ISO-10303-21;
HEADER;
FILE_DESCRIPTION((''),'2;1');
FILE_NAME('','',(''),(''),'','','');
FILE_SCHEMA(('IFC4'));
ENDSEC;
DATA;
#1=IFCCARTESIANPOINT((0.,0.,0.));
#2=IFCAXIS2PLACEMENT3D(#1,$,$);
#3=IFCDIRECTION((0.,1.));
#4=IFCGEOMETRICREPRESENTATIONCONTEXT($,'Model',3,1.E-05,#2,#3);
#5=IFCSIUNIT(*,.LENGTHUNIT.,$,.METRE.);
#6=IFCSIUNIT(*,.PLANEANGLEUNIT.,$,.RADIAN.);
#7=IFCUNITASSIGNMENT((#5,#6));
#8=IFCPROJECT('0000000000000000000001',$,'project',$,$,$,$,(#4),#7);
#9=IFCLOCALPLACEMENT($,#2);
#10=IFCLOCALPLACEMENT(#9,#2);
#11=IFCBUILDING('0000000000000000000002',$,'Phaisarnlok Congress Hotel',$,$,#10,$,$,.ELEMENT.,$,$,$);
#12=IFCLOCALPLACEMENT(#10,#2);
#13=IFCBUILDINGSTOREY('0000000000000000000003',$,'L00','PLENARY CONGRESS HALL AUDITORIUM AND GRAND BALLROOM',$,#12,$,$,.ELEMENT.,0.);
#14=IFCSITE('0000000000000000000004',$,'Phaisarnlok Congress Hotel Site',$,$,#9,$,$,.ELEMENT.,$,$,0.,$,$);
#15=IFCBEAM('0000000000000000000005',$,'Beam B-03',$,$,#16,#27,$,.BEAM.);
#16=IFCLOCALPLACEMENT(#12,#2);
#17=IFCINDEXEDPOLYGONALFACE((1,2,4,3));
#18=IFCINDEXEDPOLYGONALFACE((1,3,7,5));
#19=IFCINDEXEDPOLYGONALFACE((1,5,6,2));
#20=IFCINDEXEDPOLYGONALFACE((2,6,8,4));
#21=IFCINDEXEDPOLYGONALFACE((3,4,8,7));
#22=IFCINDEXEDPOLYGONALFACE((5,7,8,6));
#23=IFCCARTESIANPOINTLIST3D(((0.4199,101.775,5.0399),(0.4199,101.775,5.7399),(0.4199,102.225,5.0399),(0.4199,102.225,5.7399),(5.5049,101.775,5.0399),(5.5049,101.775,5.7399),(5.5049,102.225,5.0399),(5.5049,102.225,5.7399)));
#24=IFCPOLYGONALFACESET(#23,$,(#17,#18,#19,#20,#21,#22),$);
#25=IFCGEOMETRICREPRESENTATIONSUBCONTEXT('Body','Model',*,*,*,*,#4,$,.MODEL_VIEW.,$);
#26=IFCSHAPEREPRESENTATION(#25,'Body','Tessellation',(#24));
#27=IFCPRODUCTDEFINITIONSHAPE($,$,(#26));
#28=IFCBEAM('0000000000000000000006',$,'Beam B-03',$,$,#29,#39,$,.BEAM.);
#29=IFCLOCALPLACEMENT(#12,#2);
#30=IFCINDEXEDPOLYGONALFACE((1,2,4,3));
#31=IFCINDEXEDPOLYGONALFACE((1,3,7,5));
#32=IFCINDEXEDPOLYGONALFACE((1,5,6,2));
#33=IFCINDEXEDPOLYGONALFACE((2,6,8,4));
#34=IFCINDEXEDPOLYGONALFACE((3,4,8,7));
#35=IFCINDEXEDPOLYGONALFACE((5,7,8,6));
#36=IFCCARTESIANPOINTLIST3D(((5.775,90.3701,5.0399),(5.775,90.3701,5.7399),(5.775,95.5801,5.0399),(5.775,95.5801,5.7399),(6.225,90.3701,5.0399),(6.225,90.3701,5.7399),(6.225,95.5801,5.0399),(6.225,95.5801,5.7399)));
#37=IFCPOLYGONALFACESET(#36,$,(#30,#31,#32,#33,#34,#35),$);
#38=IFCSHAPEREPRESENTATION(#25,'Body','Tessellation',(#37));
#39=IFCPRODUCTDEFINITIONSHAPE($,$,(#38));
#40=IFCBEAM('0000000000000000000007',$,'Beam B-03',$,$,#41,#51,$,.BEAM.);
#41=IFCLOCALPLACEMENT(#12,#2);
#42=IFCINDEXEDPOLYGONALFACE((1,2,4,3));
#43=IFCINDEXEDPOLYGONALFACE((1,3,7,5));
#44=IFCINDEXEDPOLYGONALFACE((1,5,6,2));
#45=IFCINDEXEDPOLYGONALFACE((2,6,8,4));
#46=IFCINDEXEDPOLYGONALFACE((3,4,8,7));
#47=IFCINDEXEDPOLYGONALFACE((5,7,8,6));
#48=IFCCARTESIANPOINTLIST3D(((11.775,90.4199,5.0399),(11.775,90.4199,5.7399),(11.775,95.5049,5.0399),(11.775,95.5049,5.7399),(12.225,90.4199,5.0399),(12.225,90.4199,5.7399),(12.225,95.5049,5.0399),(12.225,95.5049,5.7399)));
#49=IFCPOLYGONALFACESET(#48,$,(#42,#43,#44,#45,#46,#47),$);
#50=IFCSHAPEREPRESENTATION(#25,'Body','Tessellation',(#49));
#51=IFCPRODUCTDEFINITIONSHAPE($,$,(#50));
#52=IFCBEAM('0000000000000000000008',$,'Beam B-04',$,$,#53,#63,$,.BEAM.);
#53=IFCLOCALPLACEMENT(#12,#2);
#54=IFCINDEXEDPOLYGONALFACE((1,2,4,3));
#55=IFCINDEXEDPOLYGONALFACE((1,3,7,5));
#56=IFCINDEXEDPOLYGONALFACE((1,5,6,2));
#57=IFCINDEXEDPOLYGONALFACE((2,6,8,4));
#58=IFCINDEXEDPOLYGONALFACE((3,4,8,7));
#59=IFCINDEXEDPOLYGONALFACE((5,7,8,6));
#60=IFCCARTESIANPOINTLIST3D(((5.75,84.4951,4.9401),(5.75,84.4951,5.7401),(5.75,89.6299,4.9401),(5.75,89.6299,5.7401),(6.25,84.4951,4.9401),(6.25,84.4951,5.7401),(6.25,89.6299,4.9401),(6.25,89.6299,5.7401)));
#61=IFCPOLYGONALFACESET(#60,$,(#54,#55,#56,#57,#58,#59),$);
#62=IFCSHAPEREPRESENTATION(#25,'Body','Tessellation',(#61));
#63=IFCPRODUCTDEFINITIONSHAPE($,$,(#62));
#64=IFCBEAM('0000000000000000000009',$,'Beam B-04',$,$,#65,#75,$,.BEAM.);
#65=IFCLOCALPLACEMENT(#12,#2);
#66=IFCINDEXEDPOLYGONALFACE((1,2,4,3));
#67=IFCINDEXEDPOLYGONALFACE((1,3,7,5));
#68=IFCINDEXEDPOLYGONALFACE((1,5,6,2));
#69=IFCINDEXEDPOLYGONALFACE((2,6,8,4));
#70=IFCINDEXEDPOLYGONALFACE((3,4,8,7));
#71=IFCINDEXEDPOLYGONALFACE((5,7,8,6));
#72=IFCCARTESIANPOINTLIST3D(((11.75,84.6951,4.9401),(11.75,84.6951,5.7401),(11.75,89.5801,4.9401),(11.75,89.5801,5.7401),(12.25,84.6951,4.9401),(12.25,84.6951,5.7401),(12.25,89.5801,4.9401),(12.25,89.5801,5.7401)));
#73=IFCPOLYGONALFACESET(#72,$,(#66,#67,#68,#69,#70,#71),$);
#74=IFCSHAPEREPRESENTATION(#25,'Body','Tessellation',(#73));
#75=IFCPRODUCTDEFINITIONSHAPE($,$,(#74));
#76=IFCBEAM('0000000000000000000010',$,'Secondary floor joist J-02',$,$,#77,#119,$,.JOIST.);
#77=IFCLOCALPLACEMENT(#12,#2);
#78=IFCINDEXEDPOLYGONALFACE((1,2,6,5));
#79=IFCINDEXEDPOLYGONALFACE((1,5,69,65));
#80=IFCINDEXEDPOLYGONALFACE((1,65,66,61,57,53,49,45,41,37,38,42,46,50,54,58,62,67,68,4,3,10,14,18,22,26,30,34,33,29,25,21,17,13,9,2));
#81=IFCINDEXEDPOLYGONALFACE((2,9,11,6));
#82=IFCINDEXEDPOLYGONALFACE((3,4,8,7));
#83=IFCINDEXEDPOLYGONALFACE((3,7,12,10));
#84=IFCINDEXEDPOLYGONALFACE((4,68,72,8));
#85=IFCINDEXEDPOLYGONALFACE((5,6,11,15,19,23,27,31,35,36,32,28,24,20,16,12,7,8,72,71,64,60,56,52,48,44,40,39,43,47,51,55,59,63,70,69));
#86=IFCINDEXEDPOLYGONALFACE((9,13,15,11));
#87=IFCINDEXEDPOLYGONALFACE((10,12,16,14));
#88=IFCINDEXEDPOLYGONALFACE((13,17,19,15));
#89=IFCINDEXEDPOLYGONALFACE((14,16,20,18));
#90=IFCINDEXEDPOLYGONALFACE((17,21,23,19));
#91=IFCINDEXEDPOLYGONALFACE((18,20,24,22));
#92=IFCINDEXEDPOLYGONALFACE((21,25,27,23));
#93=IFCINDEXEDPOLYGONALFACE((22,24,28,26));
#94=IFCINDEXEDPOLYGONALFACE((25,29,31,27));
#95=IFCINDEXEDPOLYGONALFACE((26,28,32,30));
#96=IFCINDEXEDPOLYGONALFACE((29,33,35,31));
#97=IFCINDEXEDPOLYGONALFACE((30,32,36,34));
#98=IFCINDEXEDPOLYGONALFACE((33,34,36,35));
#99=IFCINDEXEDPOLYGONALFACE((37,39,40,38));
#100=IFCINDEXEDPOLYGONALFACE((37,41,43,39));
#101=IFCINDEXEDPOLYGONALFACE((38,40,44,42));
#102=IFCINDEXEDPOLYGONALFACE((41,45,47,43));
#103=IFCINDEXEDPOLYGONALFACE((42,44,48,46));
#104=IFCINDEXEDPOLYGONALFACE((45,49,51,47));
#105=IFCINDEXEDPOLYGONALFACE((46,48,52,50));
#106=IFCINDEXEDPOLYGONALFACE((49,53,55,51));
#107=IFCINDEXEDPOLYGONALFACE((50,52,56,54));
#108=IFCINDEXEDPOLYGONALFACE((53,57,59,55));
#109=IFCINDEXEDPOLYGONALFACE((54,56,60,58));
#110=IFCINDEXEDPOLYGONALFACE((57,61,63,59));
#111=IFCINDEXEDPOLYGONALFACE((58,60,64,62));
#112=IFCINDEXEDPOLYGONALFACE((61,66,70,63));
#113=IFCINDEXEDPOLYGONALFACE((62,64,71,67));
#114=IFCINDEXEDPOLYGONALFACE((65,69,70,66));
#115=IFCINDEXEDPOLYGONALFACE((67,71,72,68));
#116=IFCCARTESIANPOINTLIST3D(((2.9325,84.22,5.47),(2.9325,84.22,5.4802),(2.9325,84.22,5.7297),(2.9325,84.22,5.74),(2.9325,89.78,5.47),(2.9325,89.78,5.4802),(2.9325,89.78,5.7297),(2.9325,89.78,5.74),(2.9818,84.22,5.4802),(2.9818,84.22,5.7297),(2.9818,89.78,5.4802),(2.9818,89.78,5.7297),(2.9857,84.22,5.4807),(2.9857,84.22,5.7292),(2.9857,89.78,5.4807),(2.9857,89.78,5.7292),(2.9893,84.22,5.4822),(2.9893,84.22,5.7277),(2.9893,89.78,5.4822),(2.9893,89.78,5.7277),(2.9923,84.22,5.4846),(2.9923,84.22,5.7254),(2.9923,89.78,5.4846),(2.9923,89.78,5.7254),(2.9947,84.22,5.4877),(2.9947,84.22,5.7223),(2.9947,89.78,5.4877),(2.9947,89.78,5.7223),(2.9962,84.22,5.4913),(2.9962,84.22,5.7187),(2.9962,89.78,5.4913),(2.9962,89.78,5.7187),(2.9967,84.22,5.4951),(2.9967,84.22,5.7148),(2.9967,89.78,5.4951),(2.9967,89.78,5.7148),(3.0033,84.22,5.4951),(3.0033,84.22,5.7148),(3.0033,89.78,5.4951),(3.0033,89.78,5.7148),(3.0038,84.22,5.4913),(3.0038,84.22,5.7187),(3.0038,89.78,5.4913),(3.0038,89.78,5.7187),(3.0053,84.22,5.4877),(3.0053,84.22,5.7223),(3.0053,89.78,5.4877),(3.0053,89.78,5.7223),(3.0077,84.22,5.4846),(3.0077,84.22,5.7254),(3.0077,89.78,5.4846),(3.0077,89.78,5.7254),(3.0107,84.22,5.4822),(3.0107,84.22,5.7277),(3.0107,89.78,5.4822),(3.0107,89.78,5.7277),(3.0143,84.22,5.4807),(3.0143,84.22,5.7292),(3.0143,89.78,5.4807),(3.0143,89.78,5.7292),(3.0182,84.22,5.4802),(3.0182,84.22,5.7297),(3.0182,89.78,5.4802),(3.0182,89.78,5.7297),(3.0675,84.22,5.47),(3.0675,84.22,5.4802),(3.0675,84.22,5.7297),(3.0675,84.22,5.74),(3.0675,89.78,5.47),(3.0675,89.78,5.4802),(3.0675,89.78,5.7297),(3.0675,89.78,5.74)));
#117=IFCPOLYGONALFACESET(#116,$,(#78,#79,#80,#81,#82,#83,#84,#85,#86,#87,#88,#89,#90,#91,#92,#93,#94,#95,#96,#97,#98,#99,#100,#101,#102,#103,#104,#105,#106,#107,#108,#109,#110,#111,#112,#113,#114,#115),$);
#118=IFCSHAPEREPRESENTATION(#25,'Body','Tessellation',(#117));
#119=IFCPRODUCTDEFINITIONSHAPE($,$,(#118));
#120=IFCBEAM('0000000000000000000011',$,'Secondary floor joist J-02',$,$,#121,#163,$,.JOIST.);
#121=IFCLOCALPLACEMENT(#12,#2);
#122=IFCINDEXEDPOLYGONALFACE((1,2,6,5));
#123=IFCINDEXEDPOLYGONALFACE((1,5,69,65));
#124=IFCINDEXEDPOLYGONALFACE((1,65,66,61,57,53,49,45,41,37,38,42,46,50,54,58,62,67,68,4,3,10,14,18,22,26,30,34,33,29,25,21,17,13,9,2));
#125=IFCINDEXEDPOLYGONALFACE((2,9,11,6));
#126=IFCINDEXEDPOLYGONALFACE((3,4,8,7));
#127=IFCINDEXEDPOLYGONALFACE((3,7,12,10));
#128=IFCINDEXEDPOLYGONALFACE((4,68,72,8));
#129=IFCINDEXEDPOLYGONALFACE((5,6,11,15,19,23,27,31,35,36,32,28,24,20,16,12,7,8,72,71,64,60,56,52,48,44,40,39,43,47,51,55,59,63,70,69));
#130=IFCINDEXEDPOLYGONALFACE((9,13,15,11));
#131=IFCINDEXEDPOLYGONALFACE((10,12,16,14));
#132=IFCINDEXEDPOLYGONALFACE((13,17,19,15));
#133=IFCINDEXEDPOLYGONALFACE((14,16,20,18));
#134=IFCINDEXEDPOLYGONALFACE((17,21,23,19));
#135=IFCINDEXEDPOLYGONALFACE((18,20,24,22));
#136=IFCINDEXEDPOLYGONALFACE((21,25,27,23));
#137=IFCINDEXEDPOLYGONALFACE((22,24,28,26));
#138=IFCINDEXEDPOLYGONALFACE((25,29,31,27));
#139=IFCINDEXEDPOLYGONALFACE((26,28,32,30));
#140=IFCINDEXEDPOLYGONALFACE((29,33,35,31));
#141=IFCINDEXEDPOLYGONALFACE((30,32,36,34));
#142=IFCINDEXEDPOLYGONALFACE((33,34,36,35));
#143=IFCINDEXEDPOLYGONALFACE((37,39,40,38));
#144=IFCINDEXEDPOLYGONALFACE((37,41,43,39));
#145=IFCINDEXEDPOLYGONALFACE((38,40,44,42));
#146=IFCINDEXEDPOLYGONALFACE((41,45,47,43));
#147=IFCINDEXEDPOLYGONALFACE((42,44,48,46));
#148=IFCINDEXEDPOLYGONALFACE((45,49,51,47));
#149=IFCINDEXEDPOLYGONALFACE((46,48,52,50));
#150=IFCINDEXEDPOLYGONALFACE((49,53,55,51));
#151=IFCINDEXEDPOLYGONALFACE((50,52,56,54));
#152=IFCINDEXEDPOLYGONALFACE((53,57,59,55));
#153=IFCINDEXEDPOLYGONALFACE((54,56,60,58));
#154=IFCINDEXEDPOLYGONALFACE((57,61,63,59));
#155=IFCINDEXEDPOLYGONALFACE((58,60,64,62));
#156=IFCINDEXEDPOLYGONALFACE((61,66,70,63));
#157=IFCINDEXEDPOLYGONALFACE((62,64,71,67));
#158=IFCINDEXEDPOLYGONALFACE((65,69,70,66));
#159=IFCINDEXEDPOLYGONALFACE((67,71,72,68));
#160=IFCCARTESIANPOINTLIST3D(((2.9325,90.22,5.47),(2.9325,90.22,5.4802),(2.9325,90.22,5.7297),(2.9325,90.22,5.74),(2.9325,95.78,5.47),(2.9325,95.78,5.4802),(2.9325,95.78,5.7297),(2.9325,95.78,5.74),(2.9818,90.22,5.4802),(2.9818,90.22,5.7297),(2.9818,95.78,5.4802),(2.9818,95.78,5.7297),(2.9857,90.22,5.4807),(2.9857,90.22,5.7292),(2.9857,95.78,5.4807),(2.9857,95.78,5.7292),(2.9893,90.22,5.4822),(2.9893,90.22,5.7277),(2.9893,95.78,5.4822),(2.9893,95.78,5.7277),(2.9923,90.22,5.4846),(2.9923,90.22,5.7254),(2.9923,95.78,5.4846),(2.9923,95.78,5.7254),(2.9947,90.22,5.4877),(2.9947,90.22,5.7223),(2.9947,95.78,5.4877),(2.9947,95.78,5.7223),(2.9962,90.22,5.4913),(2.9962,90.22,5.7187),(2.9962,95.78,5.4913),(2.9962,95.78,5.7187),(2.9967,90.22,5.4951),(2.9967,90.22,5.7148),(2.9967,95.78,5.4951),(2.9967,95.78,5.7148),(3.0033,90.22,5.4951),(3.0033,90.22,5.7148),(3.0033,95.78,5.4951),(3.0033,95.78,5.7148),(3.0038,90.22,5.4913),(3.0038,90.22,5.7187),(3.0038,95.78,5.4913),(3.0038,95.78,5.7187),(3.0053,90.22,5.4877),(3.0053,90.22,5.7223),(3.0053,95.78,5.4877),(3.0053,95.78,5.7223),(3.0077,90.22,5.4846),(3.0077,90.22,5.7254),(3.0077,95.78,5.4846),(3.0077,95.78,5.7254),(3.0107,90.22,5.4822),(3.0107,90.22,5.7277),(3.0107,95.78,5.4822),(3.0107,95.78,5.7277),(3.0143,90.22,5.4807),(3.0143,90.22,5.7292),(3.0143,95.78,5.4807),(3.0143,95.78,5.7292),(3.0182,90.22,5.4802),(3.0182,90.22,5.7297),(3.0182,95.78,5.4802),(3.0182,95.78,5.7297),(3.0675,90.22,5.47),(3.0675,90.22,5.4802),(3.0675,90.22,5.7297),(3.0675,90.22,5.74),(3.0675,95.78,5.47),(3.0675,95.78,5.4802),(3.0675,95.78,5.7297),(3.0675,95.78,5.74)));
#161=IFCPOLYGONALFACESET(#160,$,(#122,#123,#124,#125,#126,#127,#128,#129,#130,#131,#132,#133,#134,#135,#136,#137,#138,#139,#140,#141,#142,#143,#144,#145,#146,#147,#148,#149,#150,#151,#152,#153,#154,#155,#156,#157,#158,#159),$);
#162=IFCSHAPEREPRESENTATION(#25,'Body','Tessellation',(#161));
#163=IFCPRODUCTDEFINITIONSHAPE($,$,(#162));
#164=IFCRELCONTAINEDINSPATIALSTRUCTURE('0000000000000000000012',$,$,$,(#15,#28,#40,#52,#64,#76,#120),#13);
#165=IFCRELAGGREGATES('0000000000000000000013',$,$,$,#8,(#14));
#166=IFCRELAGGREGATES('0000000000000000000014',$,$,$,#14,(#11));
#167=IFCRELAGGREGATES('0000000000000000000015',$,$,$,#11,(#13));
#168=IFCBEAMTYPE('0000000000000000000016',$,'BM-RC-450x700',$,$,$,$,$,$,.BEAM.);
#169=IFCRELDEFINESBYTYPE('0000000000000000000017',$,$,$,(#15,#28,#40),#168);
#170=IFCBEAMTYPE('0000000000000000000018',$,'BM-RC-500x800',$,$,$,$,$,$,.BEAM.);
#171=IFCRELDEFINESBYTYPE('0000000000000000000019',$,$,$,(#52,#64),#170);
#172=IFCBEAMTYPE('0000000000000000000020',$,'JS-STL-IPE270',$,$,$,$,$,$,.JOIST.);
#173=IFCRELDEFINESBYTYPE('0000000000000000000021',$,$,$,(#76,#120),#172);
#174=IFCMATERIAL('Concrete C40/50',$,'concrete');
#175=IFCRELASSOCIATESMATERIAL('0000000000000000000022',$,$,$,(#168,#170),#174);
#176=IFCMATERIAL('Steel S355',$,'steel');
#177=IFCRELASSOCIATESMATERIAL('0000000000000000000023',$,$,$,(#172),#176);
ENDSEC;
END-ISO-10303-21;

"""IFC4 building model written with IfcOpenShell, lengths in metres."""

from ifc_helpers import new_model, si_unit, direction, frame, origin, origin_2d, place, context, subcontext, project, spatial, rectangle, i_section, extrude, material, material_profile, profile_set, type_object, element, save


model = new_model("IFC4")

# Units and contexts
model_context = context("Model", 3, precision=1e-05, world=origin(), true_north=direction((0.0, 1.0)))
body_context = subcontext(model_context, "Body", "Model", "MODEL_VIEW")
ifc_project = project(units=[si_unit("LENGTHUNIT", "METRE"), si_unit("PLANEANGLEUNIT", "RADIAN")], contexts=[model_context])

# Site, building, storey
site_placement = place(None, origin())
site = spatial("IfcSite", under=ifc_project, at=site_placement, Name="Phaisarnlok Congress Hotel Site", CompositionType="ELEMENT", RefElevation=0.0)
building_placement = place(site_placement, origin())
building = spatial("IfcBuilding", under=site, at=building_placement, Name="Phaisarnlok Congress Hotel", CompositionType="ELEMENT")
storey_placement = place(building_placement, origin())
storey = spatial("IfcBuildingStorey", under=building, at=storey_placement, Name="L00", Description="PLENARY CONGRESS HALL AUDITORIUM AND GRAND BALLROOM", CompositionType="ELEMENT", Elevation=0.0)

# Beams
ifc_material_1 = material(Name="Concrete C40/50", Category="concrete")
ifc_material_profile_1 = material_profile(ifc_material_1, rectangle(XDim=0.45, YDim=0.7, at=origin_2d()), Name="RC 450x700")
ifc_profile_set_1 = profile_set([ifc_material_profile_1], Name="Concrete C40/50")
beam_type_1 = type_object("IfcBeamType", Name="BM-RC-450x700", PredefinedType="BEAM", material=ifc_profile_set_1)
beam_1_placement = place(storey_placement, frame((0.4199, 102.0, 5.3899), z_axis=(1.0, 0.0, 0.0), x_axis=(0.0, 1.0, 0.0)))
element("IfcBeam", 1, at=beam_1_placement, inside=storey, type_object=beam_type_1, Name="Beam B-03", PredefinedType="BEAM", context=body_context, shape_type="SweptSolid", body=[
    extrude(rectangle(XDim=0.45, YDim=0.7, at=origin_2d()), origin(), (0.0, 0.0, 1.0), 5.085),
])
beam_2_placement = place(storey_placement, frame((6.0, 90.3701, 5.3899), z_axis=(0.0, 1.0, 0.0), x_axis=(-1.0, 0.0, 0.0)))
element("IfcBeam", 2, at=beam_2_placement, inside=storey, type_object=beam_type_1, Name="Beam B-03", PredefinedType="BEAM", context=body_context, shape_type="SweptSolid", body=[
    extrude(rectangle(XDim=0.45, YDim=0.7, at=origin_2d()), origin(), (0.0, 0.0, 1.0), 5.21),
])
beam_3_placement = place(storey_placement, frame((12.0, 90.4199, 5.3899), z_axis=(0.0, 1.0, 0.0), x_axis=(-1.0, 0.0, 0.0)))
element("IfcBeam", 3, at=beam_3_placement, inside=storey, type_object=beam_type_1, Name="Beam B-03", PredefinedType="BEAM", context=body_context, shape_type="SweptSolid", body=[
    extrude(rectangle(XDim=0.45, YDim=0.7, at=origin_2d()), origin(), (0.0, 0.0, 1.0), 5.085),
])
ifc_material_profile_2 = material_profile(ifc_material_1, rectangle(XDim=0.5, YDim=0.8, at=origin_2d()), Name="RC 500x800")
ifc_profile_set_2 = profile_set([ifc_material_profile_2], Name="Concrete C40/50")
beam_type_2 = type_object("IfcBeamType", Name="BM-RC-500x800", PredefinedType="BEAM", material=ifc_profile_set_2)
beam_4_placement = place(storey_placement, frame((6.0, 84.4951, 5.3401), z_axis=(0.0, 1.0, 0.0), x_axis=(-1.0, 0.0, 0.0)))
element("IfcBeam", 4, at=beam_4_placement, inside=storey, type_object=beam_type_2, Name="Beam B-04", PredefinedType="BEAM", context=body_context, shape_type="SweptSolid", body=[
    extrude(rectangle(XDim=0.5, YDim=0.8, at=origin_2d()), origin(), (0.0, 0.0, 1.0), 5.1348),
])
beam_5_placement = place(storey_placement, frame((12.0, 84.6951, 5.3401), z_axis=(0.0, 1.0, 0.0), x_axis=(-1.0, 0.0, 0.0)))
element("IfcBeam", 5, at=beam_5_placement, inside=storey, type_object=beam_type_2, Name="Beam B-04", PredefinedType="BEAM", context=body_context, shape_type="SweptSolid", body=[
    extrude(rectangle(XDim=0.5, YDim=0.8, at=origin_2d()), origin(), (0.0, 0.0, 1.0), 4.885),
])
ifc_material_2 = material(Name="Steel S355", Category="steel")
ifc_material_profile_3 = material_profile(ifc_material_2, i_section(OverallWidth=0.135, OverallDepth=0.27, WebThickness=0.0066, FlangeThickness=0.0103, FilletRadius=0.0149, at=origin_2d()), Name="IPE 270")
ifc_profile_set_3 = profile_set([ifc_material_profile_3], Name="Steel S355")
beam_type_3 = type_object("IfcBeamType", Name="JS-STL-IPE270", PredefinedType="JOIST", material=ifc_profile_set_3)
for number, where, z_axis, x_axis, name in (
    (6, (3.0, 84.22, 5.605), (0.0, 1.0, 0.0), (-1.0, 0.0, 0.0), "Secondary floor joist J-02"),
    (7, (3.0, 90.22, 5.605), (0.0, 1.0, 0.0), (-1.0, 0.0, 0.0), "Secondary floor joist J-02"),
):
    element("IfcBeam", number, at=place(storey_placement, frame(where, z_axis=z_axis, x_axis=x_axis)), inside=storey, type_object=beam_type_3, Name=name, PredefinedType="JOIST", context=body_context, shape_type="SweptSolid", body=[
        extrude(i_section(OverallWidth=0.135, OverallDepth=0.27, WebThickness=0.0066, FlangeThickness=0.0103, FilletRadius=0.0149, at=origin_2d()), origin(), (0.0, 0.0, 1.0), 5.5601),
    ])

save(model, "model.ifc")
